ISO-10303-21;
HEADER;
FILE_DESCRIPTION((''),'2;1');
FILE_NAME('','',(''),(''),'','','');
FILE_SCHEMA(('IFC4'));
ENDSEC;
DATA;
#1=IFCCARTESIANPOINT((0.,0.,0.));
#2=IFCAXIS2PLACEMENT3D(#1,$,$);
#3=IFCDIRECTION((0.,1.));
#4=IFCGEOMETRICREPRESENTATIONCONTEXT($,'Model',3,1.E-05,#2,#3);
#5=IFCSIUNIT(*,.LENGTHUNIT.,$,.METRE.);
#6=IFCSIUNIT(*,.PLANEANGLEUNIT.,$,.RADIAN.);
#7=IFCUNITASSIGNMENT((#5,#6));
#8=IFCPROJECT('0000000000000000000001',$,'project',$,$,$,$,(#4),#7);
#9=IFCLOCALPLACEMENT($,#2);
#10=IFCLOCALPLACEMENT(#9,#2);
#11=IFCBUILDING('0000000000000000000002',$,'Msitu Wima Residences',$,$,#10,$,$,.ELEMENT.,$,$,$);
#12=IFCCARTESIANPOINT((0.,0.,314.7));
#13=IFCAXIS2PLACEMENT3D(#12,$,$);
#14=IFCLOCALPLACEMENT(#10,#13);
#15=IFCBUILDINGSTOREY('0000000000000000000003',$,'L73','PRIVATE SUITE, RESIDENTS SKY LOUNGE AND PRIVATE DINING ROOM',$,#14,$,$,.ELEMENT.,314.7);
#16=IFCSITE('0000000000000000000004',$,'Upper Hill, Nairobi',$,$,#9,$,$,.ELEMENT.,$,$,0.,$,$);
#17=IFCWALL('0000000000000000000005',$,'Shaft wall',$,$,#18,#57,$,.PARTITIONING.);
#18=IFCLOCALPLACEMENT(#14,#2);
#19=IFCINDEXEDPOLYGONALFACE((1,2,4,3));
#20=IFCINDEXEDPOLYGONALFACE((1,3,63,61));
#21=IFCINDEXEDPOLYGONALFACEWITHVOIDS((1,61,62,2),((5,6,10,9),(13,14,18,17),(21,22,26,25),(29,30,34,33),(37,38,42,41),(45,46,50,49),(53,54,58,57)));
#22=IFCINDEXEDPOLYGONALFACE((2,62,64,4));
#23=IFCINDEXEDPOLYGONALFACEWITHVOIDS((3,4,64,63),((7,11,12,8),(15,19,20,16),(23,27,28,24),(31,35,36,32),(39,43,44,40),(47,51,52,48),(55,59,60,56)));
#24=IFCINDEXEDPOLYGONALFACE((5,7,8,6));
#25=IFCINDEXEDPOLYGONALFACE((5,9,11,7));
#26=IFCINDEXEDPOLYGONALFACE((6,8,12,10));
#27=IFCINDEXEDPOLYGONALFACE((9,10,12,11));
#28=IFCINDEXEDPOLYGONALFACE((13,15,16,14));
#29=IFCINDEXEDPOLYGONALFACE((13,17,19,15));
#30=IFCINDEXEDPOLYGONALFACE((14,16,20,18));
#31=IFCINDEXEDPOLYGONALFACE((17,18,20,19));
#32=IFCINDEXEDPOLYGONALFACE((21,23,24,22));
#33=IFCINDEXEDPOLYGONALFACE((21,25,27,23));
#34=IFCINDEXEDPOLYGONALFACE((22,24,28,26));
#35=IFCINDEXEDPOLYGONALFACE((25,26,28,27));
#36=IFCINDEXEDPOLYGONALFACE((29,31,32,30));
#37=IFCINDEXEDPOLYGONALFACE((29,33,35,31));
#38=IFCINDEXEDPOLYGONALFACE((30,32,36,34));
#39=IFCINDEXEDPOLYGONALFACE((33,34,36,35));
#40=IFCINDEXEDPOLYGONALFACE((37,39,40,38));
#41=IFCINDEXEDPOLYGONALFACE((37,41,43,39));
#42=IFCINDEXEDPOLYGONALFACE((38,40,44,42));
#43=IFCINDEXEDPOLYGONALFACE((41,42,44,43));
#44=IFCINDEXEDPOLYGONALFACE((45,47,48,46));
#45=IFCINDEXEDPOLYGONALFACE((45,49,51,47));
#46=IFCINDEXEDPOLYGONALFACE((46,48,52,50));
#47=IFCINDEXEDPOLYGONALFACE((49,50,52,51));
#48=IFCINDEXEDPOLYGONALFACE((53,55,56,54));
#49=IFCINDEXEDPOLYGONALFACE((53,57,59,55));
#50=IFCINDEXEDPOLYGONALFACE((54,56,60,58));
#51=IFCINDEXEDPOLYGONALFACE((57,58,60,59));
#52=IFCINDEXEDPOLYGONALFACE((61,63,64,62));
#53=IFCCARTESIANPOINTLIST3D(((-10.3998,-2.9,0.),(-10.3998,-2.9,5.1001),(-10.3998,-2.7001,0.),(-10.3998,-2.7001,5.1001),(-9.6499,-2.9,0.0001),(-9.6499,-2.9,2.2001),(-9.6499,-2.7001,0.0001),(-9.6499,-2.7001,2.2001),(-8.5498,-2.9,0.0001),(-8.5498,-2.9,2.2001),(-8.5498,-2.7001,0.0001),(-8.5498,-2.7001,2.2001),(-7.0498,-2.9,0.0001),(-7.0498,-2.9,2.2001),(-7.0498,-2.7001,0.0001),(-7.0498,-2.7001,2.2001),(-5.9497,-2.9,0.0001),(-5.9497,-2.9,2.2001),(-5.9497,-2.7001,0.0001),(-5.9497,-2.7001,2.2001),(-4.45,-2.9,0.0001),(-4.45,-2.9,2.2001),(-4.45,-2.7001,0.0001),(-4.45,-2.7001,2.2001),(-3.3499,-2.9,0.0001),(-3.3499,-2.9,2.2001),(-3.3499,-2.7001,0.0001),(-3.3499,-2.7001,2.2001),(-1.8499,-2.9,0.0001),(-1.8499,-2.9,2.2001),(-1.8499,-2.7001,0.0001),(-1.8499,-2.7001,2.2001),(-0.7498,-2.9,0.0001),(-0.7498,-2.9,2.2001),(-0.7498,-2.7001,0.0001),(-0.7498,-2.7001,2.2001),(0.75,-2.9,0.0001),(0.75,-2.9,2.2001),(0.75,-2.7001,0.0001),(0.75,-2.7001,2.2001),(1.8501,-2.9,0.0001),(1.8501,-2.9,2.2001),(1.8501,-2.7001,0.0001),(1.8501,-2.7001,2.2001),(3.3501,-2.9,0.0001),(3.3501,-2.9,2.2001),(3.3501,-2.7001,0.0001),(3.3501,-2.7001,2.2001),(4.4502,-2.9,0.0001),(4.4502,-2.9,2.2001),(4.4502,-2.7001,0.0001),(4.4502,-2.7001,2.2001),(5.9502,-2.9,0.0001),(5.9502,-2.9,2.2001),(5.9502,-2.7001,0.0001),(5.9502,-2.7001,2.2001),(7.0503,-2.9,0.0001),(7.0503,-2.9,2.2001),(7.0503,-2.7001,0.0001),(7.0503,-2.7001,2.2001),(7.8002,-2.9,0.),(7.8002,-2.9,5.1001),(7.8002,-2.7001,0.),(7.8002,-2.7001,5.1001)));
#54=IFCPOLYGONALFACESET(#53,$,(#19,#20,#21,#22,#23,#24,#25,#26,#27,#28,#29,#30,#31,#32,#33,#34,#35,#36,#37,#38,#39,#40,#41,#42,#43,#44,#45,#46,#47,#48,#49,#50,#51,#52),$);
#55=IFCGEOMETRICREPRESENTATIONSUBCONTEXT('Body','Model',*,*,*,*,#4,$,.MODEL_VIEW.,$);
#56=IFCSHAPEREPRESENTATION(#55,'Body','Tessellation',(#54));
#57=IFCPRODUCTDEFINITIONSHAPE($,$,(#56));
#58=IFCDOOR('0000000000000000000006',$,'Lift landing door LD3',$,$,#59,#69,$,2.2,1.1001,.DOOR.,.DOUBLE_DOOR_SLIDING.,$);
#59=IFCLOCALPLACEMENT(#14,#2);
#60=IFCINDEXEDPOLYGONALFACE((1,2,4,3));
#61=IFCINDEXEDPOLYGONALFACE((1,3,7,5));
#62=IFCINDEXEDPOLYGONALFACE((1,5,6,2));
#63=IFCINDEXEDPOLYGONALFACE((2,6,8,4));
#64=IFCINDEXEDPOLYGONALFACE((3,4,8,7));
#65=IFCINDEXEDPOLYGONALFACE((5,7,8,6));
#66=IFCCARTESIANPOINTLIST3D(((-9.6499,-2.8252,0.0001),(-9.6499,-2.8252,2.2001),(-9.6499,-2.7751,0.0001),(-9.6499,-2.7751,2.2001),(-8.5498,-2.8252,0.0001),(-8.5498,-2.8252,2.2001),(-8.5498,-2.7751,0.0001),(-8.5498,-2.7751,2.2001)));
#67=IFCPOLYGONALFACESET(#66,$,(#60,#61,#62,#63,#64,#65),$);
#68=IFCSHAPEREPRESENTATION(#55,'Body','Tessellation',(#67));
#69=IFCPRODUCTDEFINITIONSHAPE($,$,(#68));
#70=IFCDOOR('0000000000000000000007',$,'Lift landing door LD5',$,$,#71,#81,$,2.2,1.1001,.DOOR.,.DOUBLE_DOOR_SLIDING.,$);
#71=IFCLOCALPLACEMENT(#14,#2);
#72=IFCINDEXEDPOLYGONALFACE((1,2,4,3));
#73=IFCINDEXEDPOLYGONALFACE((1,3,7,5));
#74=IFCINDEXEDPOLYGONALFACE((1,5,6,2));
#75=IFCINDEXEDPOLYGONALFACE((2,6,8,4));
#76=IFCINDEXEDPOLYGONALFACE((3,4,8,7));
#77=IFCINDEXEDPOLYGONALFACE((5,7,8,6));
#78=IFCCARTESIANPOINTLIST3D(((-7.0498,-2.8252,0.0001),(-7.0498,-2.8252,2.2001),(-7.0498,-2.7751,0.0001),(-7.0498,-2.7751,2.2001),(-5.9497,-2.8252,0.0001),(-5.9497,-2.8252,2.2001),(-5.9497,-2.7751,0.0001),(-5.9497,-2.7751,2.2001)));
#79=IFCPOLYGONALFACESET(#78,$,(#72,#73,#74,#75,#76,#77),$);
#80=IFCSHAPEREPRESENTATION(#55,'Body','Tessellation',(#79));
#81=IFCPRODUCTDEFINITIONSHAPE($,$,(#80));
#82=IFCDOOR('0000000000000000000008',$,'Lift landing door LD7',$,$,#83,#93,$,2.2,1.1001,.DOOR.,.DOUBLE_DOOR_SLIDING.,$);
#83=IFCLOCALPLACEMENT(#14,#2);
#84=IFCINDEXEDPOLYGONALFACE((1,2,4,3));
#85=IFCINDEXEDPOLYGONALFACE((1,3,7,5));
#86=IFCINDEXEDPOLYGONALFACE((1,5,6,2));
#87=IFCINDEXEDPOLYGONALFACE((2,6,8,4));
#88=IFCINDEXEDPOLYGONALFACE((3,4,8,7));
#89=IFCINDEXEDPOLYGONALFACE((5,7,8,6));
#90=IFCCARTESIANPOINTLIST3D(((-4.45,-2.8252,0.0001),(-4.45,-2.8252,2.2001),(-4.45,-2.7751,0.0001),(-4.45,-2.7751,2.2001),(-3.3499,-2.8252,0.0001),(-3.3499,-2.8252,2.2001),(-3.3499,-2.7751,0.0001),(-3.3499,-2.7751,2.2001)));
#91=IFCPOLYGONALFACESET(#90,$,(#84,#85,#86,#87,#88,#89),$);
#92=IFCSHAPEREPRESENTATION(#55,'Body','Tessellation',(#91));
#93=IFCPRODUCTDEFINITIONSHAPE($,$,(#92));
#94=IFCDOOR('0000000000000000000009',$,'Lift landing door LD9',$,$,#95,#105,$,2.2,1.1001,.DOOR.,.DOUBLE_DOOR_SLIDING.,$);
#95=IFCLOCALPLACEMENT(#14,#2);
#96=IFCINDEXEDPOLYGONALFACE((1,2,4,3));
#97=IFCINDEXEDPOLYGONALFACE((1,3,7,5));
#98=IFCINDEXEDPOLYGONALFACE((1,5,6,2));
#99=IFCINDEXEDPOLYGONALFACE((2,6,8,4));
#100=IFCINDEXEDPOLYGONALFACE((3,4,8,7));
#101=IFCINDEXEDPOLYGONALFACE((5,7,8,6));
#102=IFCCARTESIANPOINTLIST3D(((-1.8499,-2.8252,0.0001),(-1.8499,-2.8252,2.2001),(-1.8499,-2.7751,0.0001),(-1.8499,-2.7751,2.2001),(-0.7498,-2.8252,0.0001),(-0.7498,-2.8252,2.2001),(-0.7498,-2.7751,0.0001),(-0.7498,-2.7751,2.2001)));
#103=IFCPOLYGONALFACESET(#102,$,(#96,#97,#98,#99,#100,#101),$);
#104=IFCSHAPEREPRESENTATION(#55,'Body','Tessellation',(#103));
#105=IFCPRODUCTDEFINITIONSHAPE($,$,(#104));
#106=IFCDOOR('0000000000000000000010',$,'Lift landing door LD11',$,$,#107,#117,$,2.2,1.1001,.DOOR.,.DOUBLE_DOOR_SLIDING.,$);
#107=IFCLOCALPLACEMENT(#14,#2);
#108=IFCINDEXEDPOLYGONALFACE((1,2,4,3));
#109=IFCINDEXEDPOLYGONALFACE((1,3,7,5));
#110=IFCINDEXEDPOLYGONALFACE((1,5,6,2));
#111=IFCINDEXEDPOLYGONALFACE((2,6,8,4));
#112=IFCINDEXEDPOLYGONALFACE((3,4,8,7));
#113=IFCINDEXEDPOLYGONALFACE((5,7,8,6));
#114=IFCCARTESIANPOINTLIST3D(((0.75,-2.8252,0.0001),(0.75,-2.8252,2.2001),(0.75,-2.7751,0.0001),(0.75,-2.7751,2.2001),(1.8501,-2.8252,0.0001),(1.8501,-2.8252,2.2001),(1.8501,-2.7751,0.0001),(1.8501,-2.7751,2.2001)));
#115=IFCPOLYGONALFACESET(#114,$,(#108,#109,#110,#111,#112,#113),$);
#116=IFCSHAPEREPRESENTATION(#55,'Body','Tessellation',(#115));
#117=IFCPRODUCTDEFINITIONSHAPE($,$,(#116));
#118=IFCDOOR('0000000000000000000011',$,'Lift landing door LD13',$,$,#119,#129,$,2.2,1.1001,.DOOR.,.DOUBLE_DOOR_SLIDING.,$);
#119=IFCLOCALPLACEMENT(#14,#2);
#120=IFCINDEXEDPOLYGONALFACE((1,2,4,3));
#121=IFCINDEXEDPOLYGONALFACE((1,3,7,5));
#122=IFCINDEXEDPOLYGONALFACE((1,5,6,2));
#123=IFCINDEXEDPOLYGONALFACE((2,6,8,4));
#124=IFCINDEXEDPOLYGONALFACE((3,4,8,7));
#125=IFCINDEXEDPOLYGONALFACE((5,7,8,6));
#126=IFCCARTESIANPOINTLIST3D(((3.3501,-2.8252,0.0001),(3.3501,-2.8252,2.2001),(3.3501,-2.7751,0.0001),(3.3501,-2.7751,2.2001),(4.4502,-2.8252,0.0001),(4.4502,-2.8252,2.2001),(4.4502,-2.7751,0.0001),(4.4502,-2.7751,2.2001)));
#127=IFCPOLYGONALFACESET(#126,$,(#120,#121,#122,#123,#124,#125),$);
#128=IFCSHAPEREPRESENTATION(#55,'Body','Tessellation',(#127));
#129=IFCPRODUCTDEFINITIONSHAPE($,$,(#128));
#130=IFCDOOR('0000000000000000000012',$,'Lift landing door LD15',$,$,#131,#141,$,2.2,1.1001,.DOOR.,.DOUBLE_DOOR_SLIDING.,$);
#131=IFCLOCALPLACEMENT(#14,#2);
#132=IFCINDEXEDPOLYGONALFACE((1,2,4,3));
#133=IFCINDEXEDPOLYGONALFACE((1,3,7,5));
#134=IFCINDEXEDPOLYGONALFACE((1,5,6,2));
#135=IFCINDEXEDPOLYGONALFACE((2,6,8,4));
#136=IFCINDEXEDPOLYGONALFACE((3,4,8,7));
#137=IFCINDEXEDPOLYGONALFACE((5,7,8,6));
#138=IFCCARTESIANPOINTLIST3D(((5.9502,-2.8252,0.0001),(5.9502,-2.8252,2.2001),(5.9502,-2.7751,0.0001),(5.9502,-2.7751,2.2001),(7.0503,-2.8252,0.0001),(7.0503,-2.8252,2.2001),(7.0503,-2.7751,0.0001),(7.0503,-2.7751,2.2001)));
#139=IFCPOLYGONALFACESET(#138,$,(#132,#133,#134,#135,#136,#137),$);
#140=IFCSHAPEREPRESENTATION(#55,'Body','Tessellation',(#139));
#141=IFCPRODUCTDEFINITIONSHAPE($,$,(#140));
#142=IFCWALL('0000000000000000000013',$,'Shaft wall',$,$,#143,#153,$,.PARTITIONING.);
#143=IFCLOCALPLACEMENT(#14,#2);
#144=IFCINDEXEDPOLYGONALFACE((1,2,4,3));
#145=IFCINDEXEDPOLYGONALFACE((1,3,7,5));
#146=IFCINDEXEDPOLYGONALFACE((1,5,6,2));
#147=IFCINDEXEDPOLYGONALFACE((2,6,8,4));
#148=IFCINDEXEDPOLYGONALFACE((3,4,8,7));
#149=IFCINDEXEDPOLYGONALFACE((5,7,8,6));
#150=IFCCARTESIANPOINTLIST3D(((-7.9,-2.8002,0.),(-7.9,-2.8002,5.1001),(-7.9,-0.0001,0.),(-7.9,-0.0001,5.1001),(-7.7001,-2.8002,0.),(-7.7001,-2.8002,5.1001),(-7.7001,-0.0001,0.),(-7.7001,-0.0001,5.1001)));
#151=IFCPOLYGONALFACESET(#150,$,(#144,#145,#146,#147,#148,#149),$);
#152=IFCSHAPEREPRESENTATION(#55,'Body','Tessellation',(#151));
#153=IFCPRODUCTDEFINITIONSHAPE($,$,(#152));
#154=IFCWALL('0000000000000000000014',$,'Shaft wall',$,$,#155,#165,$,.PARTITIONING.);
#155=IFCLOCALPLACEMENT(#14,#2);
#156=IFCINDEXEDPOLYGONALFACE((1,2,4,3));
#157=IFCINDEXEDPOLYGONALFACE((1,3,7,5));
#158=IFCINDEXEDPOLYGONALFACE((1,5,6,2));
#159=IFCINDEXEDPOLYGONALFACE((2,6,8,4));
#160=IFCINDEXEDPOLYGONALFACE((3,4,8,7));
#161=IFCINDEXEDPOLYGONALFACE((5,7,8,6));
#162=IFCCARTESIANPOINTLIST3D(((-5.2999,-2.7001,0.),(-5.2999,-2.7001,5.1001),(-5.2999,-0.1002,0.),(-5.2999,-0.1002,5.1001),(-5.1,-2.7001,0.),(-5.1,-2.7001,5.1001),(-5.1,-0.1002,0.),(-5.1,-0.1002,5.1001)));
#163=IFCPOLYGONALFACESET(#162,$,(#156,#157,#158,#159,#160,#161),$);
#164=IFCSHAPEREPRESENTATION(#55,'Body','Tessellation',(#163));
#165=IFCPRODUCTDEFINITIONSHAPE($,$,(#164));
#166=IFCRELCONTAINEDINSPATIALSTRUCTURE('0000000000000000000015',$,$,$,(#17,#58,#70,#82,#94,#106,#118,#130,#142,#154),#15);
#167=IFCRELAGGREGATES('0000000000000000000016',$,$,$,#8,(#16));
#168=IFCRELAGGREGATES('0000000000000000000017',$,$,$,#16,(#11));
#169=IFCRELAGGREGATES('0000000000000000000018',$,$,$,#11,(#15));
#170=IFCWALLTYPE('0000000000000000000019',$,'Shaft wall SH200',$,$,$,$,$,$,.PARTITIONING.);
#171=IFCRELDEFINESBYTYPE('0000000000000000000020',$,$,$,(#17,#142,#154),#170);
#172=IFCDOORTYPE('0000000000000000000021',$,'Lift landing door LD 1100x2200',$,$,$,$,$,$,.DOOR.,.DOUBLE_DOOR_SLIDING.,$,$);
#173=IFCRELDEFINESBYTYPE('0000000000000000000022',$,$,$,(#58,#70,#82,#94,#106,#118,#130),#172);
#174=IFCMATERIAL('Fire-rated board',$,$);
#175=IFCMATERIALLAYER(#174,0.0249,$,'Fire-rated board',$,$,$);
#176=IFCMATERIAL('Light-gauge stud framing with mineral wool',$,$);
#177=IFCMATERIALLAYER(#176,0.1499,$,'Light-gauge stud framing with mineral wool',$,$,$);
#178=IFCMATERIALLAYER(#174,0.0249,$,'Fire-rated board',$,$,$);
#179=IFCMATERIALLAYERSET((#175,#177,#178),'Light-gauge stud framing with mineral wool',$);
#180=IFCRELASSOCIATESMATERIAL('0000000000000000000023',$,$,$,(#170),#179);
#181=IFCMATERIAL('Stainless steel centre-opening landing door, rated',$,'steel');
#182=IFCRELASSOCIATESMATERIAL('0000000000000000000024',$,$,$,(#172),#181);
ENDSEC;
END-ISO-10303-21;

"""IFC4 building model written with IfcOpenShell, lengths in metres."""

from ifc_helpers import new_model, si_unit, direction, frame, frame_2d, origin, place, context, subcontext, project, spatial, rectangle, extrude, material, layer, layer_set, type_object, element, fill, save


model = new_model("IFC4")

# Units and contexts
model_context = context("Model", 3, precision=1e-05, world=origin(), true_north=direction((0.0, 1.0)))
body_context = subcontext(model_context, "Body", "Model", "MODEL_VIEW")
ifc_project = project(units=[si_unit("LENGTHUNIT", "METRE"), si_unit("PLANEANGLEUNIT", "RADIAN")], contexts=[model_context])

# Site, building, storey
site_placement = place(None, origin())
site = spatial("IfcSite", under=ifc_project, at=site_placement, Name="Upper Hill, Nairobi", CompositionType="ELEMENT", RefElevation=0.0)
building_placement = place(site_placement, origin())
building = spatial("IfcBuilding", under=site, at=building_placement, Name="Msitu Wima Residences", CompositionType="ELEMENT")
storey_placement = place(building_placement, frame((0.0, 0.0, 314.7)))
storey = spatial("IfcBuildingStorey", under=building, at=storey_placement, Name="L73", Description="PRIVATE SUITE, RESIDENTS SKY LOUNGE AND PRIVATE DINING ROOM", CompositionType="ELEMENT", Elevation=314.7)

# Shared definitions
ifc_material_1 = material(Name="Fire-rated board")
ifc_layer_1 = layer(ifc_material_1, 0.0249, Name="Fire-rated board")
ifc_material_2 = material(Name="Light-gauge stud framing with mineral wool")
ifc_layer_2 = layer(ifc_material_2, 0.1499, Name="Light-gauge stud framing with mineral wool")
ifc_layer_3 = layer(ifc_material_1, 0.0249, Name="Fire-rated board")
ifc_layer_set_1 = layer_set([ifc_layer_1, ifc_layer_2, ifc_layer_3], Name="Light-gauge stud framing with mineral wool")
wall_type_1 = type_object("IfcWallType", Name="Shaft wall SH200", PredefinedType="PARTITIONING", material=ifc_layer_set_1)

# Wall, openings, doors
wall_1_placement = place(storey_placement, frame((-10.3999, -2.8, 0.0), z_axis=(0.0, 0.0, 1.0), x_axis=(1.0, 0.0, 0.0)))
wall_1 = element("IfcWall", 1, at=wall_1_placement, inside=storey, type_object=wall_type_1, Name="Shaft wall", PredefinedType="PARTITIONING", context=body_context, shape_type="SweptSolid", body=[
    extrude(rectangle(XDim=18.2, YDim=0.2, at=frame_2d((9.1001, 0.0))), origin(), (0.0, 0.0, 1.0), 5.1001),
])
opening_1_placement = place(wall_1_placement, frame((0.75, 0.0, 0.0)))
opening_1 = element("IfcOpeningElement", 2, at=opening_1_placement, cuts=wall_1, PredefinedType="OPENING", context=body_context, shape_type="SweptSolid", body=[
    extrude(rectangle(XDim=1.1001, YDim=2.2, at=frame_2d((0.55, 1.1001))), frame((0.0, 0.1099, 0.0), z_axis=(0.0, -1.0, 0.0), x_axis=(1.0, 0.0, 0.0)), (0.0, 0.0, 1.0), 0.22),
])
opening_2_placement = place(wall_1_placement, frame((3.3501, 0.0, 0.0)))
opening_2 = element("IfcOpeningElement", 3, at=opening_2_placement, cuts=wall_1, PredefinedType="OPENING", context=body_context, shape_type="SweptSolid", body=[
    extrude(rectangle(XDim=1.1001, YDim=2.2, at=frame_2d((0.55, 1.1001))), frame((0.0, 0.1099, 0.0), z_axis=(0.0, -1.0, 0.0), x_axis=(1.0, 0.0, 0.0)), (0.0, 0.0, 1.0), 0.22),
])
opening_3_placement = place(wall_1_placement, frame((5.95, 0.0, 0.0)))
opening_3 = element("IfcOpeningElement", 4, at=opening_3_placement, cuts=wall_1, PredefinedType="OPENING", context=body_context, shape_type="SweptSolid", body=[
    extrude(rectangle(XDim=1.1001, YDim=2.2, at=frame_2d((0.55, 1.1001))), frame((0.0, 0.1099, 0.0), z_axis=(0.0, -1.0, 0.0), x_axis=(1.0, 0.0, 0.0)), (0.0, 0.0, 1.0), 0.22),
])
opening_4_placement = place(wall_1_placement, frame((8.55, 0.0, 0.0)))
opening_4 = element("IfcOpeningElement", 5, at=opening_4_placement, cuts=wall_1, PredefinedType="OPENING", context=body_context, shape_type="SweptSolid", body=[
    extrude(rectangle(XDim=1.1001, YDim=2.2, at=frame_2d((0.55, 1.1001))), frame((0.0, 0.1099, 0.0), z_axis=(0.0, -1.0, 0.0), x_axis=(1.0, 0.0, 0.0)), (0.0, 0.0, 1.0), 0.22),
])
opening_5_placement = place(wall_1_placement, frame((11.1499, 0.0, 0.0)))
opening_5 = element("IfcOpeningElement", 6, at=opening_5_placement, cuts=wall_1, PredefinedType="OPENING", context=body_context, shape_type="SweptSolid", body=[
    extrude(rectangle(XDim=1.1001, YDim=2.2, at=frame_2d((0.55, 1.1001))), frame((0.0, 0.1099, 0.0), z_axis=(0.0, -1.0, 0.0), x_axis=(1.0, 0.0, 0.0)), (0.0, 0.0, 1.0), 0.22),
])
opening_6_placement = place(wall_1_placement, frame((13.75, 0.0, 0.0)))
opening_6 = element("IfcOpeningElement", 7, at=opening_6_placement, cuts=wall_1, PredefinedType="OPENING", context=body_context, shape_type="SweptSolid", body=[
    extrude(rectangle(XDim=1.1001, YDim=2.2, at=frame_2d((0.55, 1.1001))), frame((0.0, 0.1099, 0.0), z_axis=(0.0, -1.0, 0.0), x_axis=(1.0, 0.0, 0.0)), (0.0, 0.0, 1.0), 0.22),
])
opening_7_placement = place(wall_1_placement, frame((16.3501, 0.0, 0.0)))
opening_7 = element("IfcOpeningElement", 8, at=opening_7_placement, cuts=wall_1, PredefinedType="OPENING", context=body_context, shape_type="SweptSolid", body=[
    extrude(rectangle(XDim=1.1001, YDim=2.2, at=frame_2d((0.55, 1.1001))), frame((0.0, 0.1099, 0.0), z_axis=(0.0, -1.0, 0.0), x_axis=(1.0, 0.0, 0.0)), (0.0, 0.0, 1.0), 0.22),
])
ifc_material_3 = material(Name="Stainless steel centre-opening landing door, rated", Category="steel")
door_type_1 = type_object("IfcDoorType", Name="Lift landing door LD 1100x2200", OperationType="DOUBLE_DOOR_SLIDING", PredefinedType="DOOR", material=ifc_material_3)
door_1_placement = place(opening_1_placement, origin())
door_1 = element("IfcDoor", 9, at=door_1_placement, inside=storey, type_object=door_type_1, Name="Lift landing door LD3", OperationType="DOUBLE_DOOR_SLIDING", OverallHeight=2.2, OverallWidth=1.1001, PredefinedType="DOOR", context=body_context, shape_type="SweptSolid", body=[
    extrude(rectangle(XDim=1.1001, YDim=2.2, at=frame_2d((0.55, 1.1001))), frame((0.0, 0.0249, 0.0), z_axis=(0.0, -1.0, 0.0), x_axis=(1.0, 0.0, 0.0)), (0.0, 0.0, 1.0), 0.05),
])
fill(opening_1, door_1)
door_2_placement = place(opening_2_placement, origin())
door_2 = element("IfcDoor", 10, at=door_2_placement, inside=storey, type_object=door_type_1, Name="Lift landing door LD5", OperationType="DOUBLE_DOOR_SLIDING", OverallHeight=2.2, OverallWidth=1.1001, PredefinedType="DOOR", context=body_context, shape_type="SweptSolid", body=[
    extrude(rectangle(XDim=1.1001, YDim=2.2, at=frame_2d((0.55, 1.1001))), frame((0.0, 0.0249, 0.0), z_axis=(0.0, -1.0, 0.0), x_axis=(1.0, 0.0, 0.0)), (0.0, 0.0, 1.0), 0.05),
])
fill(opening_2, door_2)
door_3_placement = place(opening_3_placement, origin())
door_3 = element("IfcDoor", 11, at=door_3_placement, inside=storey, type_object=door_type_1, Name="Lift landing door LD7", OperationType="DOUBLE_DOOR_SLIDING", OverallHeight=2.2, OverallWidth=1.1001, PredefinedType="DOOR", context=body_context, shape_type="SweptSolid", body=[
    extrude(rectangle(XDim=1.1001, YDim=2.2, at=frame_2d((0.55, 1.1001))), frame((0.0, 0.0249, 0.0), z_axis=(0.0, -1.0, 0.0), x_axis=(1.0, 0.0, 0.0)), (0.0, 0.0, 1.0), 0.05),
])
fill(opening_3, door_3)
door_4_placement = place(opening_4_placement, origin())
door_4 = element("IfcDoor", 12, at=door_4_placement, inside=storey, type_object=door_type_1, Name="Lift landing door LD9", OperationType="DOUBLE_DOOR_SLIDING", OverallHeight=2.2, OverallWidth=1.1001, PredefinedType="DOOR", context=body_context, shape_type="SweptSolid", body=[
    extrude(rectangle(XDim=1.1001, YDim=2.2, at=frame_2d((0.55, 1.1001))), frame((0.0, 0.0249, 0.0), z_axis=(0.0, -1.0, 0.0), x_axis=(1.0, 0.0, 0.0)), (0.0, 0.0, 1.0), 0.05),
])
fill(opening_4, door_4)
door_5_placement = place(opening_5_placement, origin())
door_5 = element("IfcDoor", 13, at=door_5_placement, inside=storey, type_object=door_type_1, Name="Lift landing door LD11", OperationType="DOUBLE_DOOR_SLIDING", OverallHeight=2.2, OverallWidth=1.1001, PredefinedType="DOOR", context=body_context, shape_type="SweptSolid", body=[
    extrude(rectangle(XDim=1.1001, YDim=2.2, at=frame_2d((0.55, 1.1001))), frame((0.0, 0.0249, 0.0), z_axis=(0.0, -1.0, 0.0), x_axis=(1.0, 0.0, 0.0)), (0.0, 0.0, 1.0), 0.05),
])
fill(opening_5, door_5)
door_6_placement = place(opening_6_placement, origin())
door_6 = element("IfcDoor", 14, at=door_6_placement, inside=storey, type_object=door_type_1, Name="Lift landing door LD13", OperationType="DOUBLE_DOOR_SLIDING", OverallHeight=2.2, OverallWidth=1.1001, PredefinedType="DOOR", context=body_context, shape_type="SweptSolid", body=[
    extrude(rectangle(XDim=1.1001, YDim=2.2, at=frame_2d((0.55, 1.1001))), frame((0.0, 0.0249, 0.0), z_axis=(0.0, -1.0, 0.0), x_axis=(1.0, 0.0, 0.0)), (0.0, 0.0, 1.0), 0.05),
])
fill(opening_6, door_6)
door_7_placement = place(opening_7_placement, origin())
door_7 = element("IfcDoor", 15, at=door_7_placement, inside=storey, type_object=door_type_1, Name="Lift landing door LD15", OperationType="DOUBLE_DOOR_SLIDING", OverallHeight=2.2, OverallWidth=1.1001, PredefinedType="DOOR", context=body_context, shape_type="SweptSolid", body=[
    extrude(rectangle(XDim=1.1001, YDim=2.2, at=frame_2d((0.55, 1.1001))), frame((0.0, 0.0249, 0.0), z_axis=(0.0, -1.0, 0.0), x_axis=(1.0, 0.0, 0.0)), (0.0, 0.0, 1.0), 0.05),
])
fill(opening_7, door_7)

# Walls
wall_2_placement = place(storey_placement, frame((-7.8, -2.8, 0.0), z_axis=(0.0, 0.0, 1.0), x_axis=(0.0, 1.0, 0.0)))
element("IfcWall", 16, at=wall_2_placement, inside=storey, type_object=wall_type_1, Name="Shaft wall", PredefinedType="PARTITIONING", context=body_context, shape_type="SweptSolid", body=[
    extrude(rectangle(XDim=2.8, YDim=0.2, at=frame_2d((1.3999, 0.0))), origin(), (0.0, 0.0, 1.0), 5.1001),
])
for number, where, z_axis, x_axis, name in (
    (17, (-5.2, -2.7, 0.0), (0.0, 0.0, 1.0), (0.0, 1.0, 0.0), "Shaft wall"),
):
    element("IfcWall", number, at=place(storey_placement, frame(where, z_axis=z_axis, x_axis=x_axis)), inside=storey, type_object=wall_type_1, Name=name, PredefinedType="PARTITIONING", context=body_context, shape_type="SweptSolid", body=[
        extrude(rectangle(XDim=2.5999, YDim=0.2, at=frame_2d((1.2998, 0.0))), origin(), (0.0, 0.0, 1.0), 5.1001),
    ])

save(model, "model.ifc")
